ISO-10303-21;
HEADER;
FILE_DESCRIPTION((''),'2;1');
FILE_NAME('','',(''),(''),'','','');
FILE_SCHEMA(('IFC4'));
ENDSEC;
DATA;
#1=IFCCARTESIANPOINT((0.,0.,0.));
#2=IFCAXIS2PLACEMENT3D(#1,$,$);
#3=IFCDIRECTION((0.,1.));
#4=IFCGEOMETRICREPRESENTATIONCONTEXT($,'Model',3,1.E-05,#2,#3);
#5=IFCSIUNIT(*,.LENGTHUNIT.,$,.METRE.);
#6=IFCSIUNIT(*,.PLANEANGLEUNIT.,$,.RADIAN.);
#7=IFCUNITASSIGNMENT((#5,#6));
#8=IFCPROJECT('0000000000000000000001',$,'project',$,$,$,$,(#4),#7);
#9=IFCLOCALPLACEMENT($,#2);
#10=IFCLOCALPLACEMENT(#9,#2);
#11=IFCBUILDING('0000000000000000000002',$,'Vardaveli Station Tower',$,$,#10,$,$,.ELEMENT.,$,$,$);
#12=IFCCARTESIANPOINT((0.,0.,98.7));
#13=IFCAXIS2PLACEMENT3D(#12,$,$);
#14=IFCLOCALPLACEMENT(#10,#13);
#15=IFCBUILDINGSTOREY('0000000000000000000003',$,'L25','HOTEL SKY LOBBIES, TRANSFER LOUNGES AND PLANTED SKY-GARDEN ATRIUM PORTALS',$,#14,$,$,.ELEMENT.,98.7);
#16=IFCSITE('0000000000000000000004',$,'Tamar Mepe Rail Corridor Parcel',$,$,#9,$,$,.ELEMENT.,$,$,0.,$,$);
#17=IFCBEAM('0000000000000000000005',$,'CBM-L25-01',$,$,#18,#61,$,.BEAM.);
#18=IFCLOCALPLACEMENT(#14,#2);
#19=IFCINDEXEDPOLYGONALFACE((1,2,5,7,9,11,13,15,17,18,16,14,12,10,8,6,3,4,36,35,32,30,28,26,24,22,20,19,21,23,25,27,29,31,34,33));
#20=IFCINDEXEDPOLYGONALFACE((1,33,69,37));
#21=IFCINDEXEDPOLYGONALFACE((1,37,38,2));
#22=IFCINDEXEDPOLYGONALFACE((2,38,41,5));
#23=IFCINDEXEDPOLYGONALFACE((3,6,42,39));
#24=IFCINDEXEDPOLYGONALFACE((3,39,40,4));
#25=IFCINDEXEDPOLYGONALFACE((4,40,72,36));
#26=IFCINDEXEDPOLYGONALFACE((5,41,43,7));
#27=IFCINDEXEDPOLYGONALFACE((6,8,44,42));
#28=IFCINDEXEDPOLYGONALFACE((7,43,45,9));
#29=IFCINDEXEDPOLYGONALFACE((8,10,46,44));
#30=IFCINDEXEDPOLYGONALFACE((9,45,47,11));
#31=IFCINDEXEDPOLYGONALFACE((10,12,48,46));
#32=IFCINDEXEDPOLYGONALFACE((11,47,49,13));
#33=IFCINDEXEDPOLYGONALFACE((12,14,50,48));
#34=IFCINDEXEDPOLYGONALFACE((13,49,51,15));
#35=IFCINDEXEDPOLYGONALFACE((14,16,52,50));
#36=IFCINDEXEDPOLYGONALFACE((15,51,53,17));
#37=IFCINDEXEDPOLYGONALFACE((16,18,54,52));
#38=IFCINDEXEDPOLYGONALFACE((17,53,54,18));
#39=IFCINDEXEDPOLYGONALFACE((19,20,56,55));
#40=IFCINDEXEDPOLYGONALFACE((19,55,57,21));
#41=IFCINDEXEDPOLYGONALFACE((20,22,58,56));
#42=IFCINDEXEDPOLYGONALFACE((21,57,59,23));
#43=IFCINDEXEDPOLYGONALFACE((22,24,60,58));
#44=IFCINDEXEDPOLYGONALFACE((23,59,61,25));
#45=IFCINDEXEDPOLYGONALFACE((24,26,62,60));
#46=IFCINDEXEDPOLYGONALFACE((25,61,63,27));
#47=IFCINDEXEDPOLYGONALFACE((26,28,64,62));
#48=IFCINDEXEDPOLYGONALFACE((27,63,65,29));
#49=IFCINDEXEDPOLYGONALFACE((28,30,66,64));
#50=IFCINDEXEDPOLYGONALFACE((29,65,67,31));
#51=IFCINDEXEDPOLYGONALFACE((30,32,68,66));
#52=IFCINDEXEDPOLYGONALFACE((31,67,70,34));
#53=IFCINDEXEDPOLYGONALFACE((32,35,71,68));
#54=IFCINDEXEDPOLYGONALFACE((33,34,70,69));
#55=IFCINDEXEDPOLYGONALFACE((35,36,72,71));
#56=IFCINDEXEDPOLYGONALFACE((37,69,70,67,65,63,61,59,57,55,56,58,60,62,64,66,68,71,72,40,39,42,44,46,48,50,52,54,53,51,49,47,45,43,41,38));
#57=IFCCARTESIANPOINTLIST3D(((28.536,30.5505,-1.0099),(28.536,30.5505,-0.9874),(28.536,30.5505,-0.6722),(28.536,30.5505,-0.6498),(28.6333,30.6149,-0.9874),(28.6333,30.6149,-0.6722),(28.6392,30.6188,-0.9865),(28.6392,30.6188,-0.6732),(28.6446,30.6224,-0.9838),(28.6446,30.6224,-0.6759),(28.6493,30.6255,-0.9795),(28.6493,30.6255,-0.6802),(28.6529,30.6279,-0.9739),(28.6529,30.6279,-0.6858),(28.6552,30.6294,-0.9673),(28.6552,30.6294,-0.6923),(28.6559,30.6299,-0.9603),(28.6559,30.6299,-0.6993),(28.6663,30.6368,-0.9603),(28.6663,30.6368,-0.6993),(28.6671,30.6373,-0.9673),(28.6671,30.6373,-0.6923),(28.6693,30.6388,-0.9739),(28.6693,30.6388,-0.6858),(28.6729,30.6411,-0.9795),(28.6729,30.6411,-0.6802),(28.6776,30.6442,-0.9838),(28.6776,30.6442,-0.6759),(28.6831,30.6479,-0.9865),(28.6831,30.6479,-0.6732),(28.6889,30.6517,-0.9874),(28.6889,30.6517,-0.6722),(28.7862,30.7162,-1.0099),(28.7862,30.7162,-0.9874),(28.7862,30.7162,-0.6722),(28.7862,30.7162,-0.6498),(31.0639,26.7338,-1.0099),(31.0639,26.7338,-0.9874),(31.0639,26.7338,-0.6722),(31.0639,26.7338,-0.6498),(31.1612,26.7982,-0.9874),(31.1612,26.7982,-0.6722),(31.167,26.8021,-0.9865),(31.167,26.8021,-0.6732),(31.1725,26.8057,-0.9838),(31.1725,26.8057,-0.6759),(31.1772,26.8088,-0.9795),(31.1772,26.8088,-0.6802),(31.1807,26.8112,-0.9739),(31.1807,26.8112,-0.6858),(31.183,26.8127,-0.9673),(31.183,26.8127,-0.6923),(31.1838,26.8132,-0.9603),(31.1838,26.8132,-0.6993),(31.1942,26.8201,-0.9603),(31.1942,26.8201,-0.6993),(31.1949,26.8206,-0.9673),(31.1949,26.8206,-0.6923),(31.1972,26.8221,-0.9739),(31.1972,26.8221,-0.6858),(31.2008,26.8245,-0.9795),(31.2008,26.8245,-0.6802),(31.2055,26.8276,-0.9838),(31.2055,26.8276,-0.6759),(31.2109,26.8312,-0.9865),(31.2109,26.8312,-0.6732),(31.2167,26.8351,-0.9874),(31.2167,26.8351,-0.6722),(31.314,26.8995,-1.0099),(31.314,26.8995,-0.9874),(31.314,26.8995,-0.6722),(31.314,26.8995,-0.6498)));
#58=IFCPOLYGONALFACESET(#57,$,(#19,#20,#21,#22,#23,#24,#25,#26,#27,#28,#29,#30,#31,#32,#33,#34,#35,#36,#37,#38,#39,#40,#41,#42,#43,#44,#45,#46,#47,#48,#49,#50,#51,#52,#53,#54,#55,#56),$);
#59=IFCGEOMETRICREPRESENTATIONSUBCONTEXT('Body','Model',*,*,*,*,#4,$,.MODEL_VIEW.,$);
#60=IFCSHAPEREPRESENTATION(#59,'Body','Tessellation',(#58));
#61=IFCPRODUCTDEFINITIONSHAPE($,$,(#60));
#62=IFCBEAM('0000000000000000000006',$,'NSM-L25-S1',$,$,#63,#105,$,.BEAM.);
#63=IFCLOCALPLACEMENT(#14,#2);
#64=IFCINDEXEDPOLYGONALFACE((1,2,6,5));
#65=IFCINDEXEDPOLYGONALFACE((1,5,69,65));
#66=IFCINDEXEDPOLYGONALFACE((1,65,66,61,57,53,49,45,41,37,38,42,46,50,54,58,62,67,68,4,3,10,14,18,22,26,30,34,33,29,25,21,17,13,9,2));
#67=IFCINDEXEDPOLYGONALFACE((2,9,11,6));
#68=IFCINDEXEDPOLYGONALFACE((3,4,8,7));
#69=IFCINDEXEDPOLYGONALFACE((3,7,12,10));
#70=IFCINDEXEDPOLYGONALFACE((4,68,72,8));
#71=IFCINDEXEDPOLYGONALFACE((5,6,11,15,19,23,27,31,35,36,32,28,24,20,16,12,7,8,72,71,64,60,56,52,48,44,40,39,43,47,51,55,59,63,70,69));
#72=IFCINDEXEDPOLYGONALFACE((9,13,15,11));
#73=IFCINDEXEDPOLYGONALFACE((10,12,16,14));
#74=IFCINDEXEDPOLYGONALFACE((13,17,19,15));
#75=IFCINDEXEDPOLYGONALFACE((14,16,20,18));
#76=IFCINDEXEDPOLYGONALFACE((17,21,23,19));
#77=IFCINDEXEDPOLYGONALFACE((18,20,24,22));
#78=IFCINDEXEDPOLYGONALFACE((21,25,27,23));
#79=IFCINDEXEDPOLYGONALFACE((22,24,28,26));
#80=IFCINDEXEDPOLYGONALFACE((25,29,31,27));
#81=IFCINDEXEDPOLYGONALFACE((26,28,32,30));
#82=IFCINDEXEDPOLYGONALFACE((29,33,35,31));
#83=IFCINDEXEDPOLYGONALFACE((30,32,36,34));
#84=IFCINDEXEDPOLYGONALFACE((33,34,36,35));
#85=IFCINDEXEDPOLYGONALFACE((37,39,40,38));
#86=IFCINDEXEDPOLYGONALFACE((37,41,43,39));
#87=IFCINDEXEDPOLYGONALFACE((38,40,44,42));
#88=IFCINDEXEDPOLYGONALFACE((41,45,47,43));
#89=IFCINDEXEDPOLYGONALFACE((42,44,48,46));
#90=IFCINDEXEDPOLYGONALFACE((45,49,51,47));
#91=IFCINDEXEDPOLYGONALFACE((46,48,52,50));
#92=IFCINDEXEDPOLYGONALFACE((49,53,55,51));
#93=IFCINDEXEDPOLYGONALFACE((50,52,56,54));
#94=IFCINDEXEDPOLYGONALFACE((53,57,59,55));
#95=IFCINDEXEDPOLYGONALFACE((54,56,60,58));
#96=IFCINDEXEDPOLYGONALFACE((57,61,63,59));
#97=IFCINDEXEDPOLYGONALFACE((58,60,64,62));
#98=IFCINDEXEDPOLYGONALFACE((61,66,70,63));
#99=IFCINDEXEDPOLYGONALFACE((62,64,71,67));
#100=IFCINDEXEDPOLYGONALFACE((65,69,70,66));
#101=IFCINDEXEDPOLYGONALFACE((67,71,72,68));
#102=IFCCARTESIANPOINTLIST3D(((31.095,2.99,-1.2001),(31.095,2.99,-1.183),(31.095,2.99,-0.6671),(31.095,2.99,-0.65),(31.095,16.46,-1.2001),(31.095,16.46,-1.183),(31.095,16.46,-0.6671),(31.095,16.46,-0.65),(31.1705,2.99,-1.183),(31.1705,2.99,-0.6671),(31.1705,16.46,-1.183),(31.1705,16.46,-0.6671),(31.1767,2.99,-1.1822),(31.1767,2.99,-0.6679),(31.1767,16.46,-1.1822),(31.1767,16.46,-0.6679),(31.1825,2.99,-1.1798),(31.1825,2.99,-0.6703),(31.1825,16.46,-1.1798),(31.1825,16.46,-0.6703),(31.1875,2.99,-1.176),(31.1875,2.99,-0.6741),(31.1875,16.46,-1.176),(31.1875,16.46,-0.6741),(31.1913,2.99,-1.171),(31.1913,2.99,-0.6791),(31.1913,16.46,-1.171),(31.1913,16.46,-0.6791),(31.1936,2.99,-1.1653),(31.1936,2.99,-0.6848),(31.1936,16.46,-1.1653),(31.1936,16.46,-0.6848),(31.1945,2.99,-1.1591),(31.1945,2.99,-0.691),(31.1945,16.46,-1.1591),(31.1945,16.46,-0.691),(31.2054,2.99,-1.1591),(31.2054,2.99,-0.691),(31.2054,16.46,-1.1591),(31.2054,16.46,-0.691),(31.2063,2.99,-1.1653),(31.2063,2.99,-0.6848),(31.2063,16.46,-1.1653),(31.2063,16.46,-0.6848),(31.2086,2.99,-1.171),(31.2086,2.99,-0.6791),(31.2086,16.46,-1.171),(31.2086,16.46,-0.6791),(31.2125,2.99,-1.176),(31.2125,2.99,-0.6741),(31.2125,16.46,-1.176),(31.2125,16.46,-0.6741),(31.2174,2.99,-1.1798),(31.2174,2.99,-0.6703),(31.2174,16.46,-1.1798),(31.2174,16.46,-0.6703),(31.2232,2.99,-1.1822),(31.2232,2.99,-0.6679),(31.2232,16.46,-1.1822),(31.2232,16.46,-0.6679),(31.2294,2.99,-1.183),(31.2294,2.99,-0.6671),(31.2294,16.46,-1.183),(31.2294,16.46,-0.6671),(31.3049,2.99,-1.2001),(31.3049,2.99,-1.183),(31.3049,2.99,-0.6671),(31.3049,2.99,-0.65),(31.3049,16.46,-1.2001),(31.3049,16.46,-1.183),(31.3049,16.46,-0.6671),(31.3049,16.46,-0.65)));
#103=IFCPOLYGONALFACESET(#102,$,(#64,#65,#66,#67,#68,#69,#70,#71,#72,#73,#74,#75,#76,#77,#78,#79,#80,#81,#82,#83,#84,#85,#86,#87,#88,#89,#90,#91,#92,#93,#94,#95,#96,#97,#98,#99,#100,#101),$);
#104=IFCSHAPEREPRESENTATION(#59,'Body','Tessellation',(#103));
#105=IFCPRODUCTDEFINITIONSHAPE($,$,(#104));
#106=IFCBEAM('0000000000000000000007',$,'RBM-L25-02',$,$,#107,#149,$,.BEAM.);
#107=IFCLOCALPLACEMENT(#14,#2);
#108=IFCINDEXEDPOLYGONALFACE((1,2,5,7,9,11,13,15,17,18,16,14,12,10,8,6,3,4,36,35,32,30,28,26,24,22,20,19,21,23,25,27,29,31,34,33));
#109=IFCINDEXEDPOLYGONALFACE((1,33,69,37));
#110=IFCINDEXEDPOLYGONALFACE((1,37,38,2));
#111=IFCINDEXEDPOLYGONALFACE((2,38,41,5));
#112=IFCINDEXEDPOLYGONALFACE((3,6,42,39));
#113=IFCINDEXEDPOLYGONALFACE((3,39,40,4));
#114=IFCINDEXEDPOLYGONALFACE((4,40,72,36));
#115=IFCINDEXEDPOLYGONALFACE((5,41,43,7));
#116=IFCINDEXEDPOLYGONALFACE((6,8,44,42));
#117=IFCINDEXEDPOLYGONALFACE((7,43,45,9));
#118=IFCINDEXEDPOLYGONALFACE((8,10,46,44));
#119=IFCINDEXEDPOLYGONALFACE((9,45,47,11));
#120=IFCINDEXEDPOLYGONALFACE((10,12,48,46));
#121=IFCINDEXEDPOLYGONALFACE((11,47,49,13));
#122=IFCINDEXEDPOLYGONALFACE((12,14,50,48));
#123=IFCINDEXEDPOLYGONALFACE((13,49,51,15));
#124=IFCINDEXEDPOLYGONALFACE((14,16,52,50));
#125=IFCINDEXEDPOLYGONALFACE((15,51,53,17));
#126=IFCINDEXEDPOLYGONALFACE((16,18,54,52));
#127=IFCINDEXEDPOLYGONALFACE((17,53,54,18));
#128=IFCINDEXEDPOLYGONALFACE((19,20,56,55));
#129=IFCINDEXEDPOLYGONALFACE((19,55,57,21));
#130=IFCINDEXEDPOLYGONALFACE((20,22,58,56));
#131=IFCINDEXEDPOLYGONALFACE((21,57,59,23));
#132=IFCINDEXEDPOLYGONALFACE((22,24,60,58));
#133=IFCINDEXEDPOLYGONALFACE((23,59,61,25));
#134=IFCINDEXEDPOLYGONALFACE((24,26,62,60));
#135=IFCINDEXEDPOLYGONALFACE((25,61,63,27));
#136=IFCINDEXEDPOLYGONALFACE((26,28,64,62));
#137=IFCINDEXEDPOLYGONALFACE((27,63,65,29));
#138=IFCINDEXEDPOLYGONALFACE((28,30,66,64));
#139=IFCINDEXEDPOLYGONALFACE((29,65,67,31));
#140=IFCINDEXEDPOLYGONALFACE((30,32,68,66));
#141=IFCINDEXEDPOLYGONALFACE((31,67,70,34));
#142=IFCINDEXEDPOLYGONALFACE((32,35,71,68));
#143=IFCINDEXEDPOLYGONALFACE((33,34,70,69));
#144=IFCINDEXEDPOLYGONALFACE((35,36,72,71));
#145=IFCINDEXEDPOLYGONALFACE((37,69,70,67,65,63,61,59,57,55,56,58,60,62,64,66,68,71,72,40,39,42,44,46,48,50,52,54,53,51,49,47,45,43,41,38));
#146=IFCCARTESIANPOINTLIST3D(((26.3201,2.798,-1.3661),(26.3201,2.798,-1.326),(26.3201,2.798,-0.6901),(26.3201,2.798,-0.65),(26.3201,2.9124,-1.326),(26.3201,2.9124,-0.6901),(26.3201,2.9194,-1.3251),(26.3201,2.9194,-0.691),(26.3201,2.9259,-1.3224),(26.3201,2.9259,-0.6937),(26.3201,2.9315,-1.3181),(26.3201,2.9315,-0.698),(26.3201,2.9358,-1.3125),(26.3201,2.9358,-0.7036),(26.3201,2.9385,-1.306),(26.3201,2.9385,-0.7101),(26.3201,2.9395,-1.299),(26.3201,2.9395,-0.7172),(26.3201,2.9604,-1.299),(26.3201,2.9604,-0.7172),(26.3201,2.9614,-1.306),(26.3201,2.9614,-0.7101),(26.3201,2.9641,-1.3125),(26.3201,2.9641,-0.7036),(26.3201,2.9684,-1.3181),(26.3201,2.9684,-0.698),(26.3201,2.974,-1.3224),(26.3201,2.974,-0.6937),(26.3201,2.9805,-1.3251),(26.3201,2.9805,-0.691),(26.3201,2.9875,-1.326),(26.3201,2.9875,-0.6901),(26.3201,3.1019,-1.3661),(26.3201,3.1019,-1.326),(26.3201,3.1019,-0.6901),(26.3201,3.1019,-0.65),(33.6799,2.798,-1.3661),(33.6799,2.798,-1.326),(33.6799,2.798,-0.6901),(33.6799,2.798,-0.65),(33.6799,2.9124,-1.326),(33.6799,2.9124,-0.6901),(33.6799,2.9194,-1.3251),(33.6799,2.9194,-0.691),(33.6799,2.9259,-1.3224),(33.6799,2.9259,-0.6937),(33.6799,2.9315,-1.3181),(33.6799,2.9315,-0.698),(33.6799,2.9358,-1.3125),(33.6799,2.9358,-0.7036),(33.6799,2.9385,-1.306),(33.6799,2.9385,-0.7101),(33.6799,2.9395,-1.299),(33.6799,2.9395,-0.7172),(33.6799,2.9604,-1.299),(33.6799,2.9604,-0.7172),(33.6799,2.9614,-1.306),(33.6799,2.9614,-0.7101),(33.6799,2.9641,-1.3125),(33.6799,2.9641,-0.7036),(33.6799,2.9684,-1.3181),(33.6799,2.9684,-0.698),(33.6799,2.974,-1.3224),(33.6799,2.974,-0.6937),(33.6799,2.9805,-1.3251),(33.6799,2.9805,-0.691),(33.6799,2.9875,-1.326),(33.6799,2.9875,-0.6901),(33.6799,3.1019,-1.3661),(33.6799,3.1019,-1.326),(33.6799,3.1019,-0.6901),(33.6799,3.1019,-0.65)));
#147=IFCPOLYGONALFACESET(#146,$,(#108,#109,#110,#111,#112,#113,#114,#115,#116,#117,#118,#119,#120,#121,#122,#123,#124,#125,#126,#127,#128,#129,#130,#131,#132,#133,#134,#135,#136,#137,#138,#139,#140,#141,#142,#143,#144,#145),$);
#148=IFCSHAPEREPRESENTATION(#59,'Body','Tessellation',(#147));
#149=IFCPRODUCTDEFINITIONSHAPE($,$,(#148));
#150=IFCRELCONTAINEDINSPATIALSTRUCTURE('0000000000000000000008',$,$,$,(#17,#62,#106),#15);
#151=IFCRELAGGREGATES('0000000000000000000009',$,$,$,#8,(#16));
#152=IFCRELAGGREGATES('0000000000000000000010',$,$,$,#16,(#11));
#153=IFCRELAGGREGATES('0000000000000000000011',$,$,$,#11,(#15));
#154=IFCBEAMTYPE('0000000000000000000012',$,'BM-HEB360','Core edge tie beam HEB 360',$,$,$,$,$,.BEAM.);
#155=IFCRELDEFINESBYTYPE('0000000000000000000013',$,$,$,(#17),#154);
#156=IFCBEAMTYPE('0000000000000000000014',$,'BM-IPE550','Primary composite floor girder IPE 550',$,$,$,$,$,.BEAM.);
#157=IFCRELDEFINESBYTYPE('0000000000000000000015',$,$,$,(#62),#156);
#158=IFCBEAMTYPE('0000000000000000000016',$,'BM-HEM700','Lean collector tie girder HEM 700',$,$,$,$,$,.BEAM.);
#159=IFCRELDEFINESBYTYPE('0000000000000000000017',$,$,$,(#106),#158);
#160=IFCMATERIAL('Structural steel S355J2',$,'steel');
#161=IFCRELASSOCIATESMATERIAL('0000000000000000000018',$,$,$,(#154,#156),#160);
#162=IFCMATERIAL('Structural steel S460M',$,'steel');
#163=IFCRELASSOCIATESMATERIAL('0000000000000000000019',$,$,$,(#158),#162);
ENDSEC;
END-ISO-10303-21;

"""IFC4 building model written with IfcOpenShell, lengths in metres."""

from ifc_helpers import new_model, si_unit, direction, frame, origin, origin_2d, place, context, subcontext, project, spatial, i_section, extrude, source, transform, mapped, material, material_profile, profile_set, type_object, element, save


model = new_model("IFC4")

# Units and contexts
model_context = context("Model", 3, precision=1e-05, world=origin(), true_north=direction((0.0, 1.0)))
body_context = subcontext(model_context, "Body", "Model", "MODEL_VIEW")
ifc_project = project(units=[si_unit("LENGTHUNIT", "METRE"), si_unit("PLANEANGLEUNIT", "RADIAN")], contexts=[model_context])

# Site, building, storey
site_placement = place(None, origin())
site = spatial("IfcSite", under=ifc_project, at=site_placement, Name="Tamar Mepe Rail Corridor Parcel", CompositionType="ELEMENT", RefElevation=0.0)
building_placement = place(site_placement, origin())
building = spatial("IfcBuilding", under=site, at=building_placement, Name="Vardaveli Station Tower", CompositionType="ELEMENT")
storey_placement = place(building_placement, frame((0.0, 0.0, 98.7)))
storey = spatial("IfcBuildingStorey", under=building, at=storey_placement, Name="L25", Description="HOTEL SKY LOBBIES, TRANSFER LOUNGES AND PLANTED SKY-GARDEN ATRIUM PORTALS", CompositionType="ELEMENT", Elevation=98.7)

# Shared definitions
ifc_material_1 = material(Name="Structural steel S460M", Category="steel")

# Beams
ifc_material_2 = material(Name="Structural steel S355J2", Category="steel")
ifc_material_profile_1 = material_profile(ifc_material_2, i_section(OverallWidth=0.3, OverallDepth=0.3601, WebThickness=0.0125, FlangeThickness=0.0225, FilletRadius=0.0271, at=origin_2d()), Name="HEB 360")
ifc_profile_set_1 = profile_set([ifc_material_profile_1], Name="Structural steel S355J2")
beam_type_1 = type_object("IfcBeamType", Name="BM-HEB360", Description="Core edge tie beam HEB 360", PredefinedType="BEAM", material=ifc_profile_set_1)
shared_shape_1 = source(origin(), body_context, "Body", "SweptSolid", [
    extrude(i_section(OverallWidth=0.3, OverallDepth=0.3601, WebThickness=0.0125, FlangeThickness=0.0225, FilletRadius=0.0271, at=origin_2d()), origin(), (0.0, 0.0, 1.0), 4.5779),
])
beam_1_placement = place(storey_placement, frame((31.189, 26.8167, -0.8298), z_axis=(-0.552187, 0.83372, 0.0), x_axis=(-0.83372, -0.552187, 0.0)))
element("IfcBeam", 1, at=beam_1_placement, inside=storey, type_object=beam_type_1, Name="CBM-L25-01", PredefinedType="BEAM", context=body_context, shape_type="MappedRepresentation", body=[
    mapped(shared_shape_1, transform((0.0, 0.0, 0.0), scale=1.0)),
])
ifc_material_profile_2 = material_profile(ifc_material_2, i_section(OverallWidth=0.21, OverallDepth=0.55, WebThickness=0.011, FlangeThickness=0.0171, FilletRadius=0.0239, at=origin_2d()), Name="IPE 550")
ifc_profile_set_2 = profile_set([ifc_material_profile_2], Name="Structural steel S355J2")
beam_type_2 = type_object("IfcBeamType", Name="BM-IPE550", Description="Primary composite floor girder IPE 550", PredefinedType="BEAM", material=ifc_profile_set_2)
shared_shape_2 = source(origin(), body_context, "Body", "SweptSolid", [
    extrude(i_section(OverallWidth=0.21, OverallDepth=0.55, WebThickness=0.011, FlangeThickness=0.0171, FilletRadius=0.0239, at=origin_2d()), origin(), (0.0, 0.0, 1.0), 13.47),
])
beam_2_placement = place(storey_placement, frame((31.2, 2.99, -0.925), z_axis=(0.0, 1.0, 0.0), x_axis=(-1.0, 0.0, 0.0)))
element("IfcBeam", 2, at=beam_2_placement, inside=storey, type_object=beam_type_2, Name="NSM-L25-S1", PredefinedType="BEAM", context=body_context, shape_type="MappedRepresentation", body=[
    mapped(shared_shape_2, transform((0.0, 0.0, 0.0), scale=1.0)),
])
ifc_material_profile_3 = material_profile(ifc_material_1, i_section(OverallWidth=0.304, OverallDepth=0.7161, WebThickness=0.021, FlangeThickness=0.04, FilletRadius=0.0271, at=origin_2d()), Name="HEM 700")
ifc_profile_set_3 = profile_set([ifc_material_profile_3], Name="Structural steel S460M")
beam_type_3 = type_object("IfcBeamType", Name="BM-HEM700", Description="Lean collector tie girder HEM 700", PredefinedType="BEAM", material=ifc_profile_set_3)
shared_shape_3 = source(origin(), body_context, "Body", "SweptSolid", [
    extrude(i_section(OverallWidth=0.304, OverallDepth=0.7161, WebThickness=0.021, FlangeThickness=0.04, FilletRadius=0.0271, at=origin_2d()), origin(), (0.0, 0.0, 1.0), 7.3599),
])
beam_3_placement = place(storey_placement, frame((26.3201, 2.95, -1.0081), z_axis=(1.0, 0.0, 0.0), x_axis=(0.0, 1.0, 0.0)))
element("IfcBeam", 3, at=beam_3_placement, inside=storey, type_object=beam_type_3, Name="RBM-L25-02", PredefinedType="BEAM", context=body_context, shape_type="MappedRepresentation", body=[
    mapped(shared_shape_3, transform((0.0, 0.0, 0.0), scale=1.0)),
])

save(model, "model.ifc")
